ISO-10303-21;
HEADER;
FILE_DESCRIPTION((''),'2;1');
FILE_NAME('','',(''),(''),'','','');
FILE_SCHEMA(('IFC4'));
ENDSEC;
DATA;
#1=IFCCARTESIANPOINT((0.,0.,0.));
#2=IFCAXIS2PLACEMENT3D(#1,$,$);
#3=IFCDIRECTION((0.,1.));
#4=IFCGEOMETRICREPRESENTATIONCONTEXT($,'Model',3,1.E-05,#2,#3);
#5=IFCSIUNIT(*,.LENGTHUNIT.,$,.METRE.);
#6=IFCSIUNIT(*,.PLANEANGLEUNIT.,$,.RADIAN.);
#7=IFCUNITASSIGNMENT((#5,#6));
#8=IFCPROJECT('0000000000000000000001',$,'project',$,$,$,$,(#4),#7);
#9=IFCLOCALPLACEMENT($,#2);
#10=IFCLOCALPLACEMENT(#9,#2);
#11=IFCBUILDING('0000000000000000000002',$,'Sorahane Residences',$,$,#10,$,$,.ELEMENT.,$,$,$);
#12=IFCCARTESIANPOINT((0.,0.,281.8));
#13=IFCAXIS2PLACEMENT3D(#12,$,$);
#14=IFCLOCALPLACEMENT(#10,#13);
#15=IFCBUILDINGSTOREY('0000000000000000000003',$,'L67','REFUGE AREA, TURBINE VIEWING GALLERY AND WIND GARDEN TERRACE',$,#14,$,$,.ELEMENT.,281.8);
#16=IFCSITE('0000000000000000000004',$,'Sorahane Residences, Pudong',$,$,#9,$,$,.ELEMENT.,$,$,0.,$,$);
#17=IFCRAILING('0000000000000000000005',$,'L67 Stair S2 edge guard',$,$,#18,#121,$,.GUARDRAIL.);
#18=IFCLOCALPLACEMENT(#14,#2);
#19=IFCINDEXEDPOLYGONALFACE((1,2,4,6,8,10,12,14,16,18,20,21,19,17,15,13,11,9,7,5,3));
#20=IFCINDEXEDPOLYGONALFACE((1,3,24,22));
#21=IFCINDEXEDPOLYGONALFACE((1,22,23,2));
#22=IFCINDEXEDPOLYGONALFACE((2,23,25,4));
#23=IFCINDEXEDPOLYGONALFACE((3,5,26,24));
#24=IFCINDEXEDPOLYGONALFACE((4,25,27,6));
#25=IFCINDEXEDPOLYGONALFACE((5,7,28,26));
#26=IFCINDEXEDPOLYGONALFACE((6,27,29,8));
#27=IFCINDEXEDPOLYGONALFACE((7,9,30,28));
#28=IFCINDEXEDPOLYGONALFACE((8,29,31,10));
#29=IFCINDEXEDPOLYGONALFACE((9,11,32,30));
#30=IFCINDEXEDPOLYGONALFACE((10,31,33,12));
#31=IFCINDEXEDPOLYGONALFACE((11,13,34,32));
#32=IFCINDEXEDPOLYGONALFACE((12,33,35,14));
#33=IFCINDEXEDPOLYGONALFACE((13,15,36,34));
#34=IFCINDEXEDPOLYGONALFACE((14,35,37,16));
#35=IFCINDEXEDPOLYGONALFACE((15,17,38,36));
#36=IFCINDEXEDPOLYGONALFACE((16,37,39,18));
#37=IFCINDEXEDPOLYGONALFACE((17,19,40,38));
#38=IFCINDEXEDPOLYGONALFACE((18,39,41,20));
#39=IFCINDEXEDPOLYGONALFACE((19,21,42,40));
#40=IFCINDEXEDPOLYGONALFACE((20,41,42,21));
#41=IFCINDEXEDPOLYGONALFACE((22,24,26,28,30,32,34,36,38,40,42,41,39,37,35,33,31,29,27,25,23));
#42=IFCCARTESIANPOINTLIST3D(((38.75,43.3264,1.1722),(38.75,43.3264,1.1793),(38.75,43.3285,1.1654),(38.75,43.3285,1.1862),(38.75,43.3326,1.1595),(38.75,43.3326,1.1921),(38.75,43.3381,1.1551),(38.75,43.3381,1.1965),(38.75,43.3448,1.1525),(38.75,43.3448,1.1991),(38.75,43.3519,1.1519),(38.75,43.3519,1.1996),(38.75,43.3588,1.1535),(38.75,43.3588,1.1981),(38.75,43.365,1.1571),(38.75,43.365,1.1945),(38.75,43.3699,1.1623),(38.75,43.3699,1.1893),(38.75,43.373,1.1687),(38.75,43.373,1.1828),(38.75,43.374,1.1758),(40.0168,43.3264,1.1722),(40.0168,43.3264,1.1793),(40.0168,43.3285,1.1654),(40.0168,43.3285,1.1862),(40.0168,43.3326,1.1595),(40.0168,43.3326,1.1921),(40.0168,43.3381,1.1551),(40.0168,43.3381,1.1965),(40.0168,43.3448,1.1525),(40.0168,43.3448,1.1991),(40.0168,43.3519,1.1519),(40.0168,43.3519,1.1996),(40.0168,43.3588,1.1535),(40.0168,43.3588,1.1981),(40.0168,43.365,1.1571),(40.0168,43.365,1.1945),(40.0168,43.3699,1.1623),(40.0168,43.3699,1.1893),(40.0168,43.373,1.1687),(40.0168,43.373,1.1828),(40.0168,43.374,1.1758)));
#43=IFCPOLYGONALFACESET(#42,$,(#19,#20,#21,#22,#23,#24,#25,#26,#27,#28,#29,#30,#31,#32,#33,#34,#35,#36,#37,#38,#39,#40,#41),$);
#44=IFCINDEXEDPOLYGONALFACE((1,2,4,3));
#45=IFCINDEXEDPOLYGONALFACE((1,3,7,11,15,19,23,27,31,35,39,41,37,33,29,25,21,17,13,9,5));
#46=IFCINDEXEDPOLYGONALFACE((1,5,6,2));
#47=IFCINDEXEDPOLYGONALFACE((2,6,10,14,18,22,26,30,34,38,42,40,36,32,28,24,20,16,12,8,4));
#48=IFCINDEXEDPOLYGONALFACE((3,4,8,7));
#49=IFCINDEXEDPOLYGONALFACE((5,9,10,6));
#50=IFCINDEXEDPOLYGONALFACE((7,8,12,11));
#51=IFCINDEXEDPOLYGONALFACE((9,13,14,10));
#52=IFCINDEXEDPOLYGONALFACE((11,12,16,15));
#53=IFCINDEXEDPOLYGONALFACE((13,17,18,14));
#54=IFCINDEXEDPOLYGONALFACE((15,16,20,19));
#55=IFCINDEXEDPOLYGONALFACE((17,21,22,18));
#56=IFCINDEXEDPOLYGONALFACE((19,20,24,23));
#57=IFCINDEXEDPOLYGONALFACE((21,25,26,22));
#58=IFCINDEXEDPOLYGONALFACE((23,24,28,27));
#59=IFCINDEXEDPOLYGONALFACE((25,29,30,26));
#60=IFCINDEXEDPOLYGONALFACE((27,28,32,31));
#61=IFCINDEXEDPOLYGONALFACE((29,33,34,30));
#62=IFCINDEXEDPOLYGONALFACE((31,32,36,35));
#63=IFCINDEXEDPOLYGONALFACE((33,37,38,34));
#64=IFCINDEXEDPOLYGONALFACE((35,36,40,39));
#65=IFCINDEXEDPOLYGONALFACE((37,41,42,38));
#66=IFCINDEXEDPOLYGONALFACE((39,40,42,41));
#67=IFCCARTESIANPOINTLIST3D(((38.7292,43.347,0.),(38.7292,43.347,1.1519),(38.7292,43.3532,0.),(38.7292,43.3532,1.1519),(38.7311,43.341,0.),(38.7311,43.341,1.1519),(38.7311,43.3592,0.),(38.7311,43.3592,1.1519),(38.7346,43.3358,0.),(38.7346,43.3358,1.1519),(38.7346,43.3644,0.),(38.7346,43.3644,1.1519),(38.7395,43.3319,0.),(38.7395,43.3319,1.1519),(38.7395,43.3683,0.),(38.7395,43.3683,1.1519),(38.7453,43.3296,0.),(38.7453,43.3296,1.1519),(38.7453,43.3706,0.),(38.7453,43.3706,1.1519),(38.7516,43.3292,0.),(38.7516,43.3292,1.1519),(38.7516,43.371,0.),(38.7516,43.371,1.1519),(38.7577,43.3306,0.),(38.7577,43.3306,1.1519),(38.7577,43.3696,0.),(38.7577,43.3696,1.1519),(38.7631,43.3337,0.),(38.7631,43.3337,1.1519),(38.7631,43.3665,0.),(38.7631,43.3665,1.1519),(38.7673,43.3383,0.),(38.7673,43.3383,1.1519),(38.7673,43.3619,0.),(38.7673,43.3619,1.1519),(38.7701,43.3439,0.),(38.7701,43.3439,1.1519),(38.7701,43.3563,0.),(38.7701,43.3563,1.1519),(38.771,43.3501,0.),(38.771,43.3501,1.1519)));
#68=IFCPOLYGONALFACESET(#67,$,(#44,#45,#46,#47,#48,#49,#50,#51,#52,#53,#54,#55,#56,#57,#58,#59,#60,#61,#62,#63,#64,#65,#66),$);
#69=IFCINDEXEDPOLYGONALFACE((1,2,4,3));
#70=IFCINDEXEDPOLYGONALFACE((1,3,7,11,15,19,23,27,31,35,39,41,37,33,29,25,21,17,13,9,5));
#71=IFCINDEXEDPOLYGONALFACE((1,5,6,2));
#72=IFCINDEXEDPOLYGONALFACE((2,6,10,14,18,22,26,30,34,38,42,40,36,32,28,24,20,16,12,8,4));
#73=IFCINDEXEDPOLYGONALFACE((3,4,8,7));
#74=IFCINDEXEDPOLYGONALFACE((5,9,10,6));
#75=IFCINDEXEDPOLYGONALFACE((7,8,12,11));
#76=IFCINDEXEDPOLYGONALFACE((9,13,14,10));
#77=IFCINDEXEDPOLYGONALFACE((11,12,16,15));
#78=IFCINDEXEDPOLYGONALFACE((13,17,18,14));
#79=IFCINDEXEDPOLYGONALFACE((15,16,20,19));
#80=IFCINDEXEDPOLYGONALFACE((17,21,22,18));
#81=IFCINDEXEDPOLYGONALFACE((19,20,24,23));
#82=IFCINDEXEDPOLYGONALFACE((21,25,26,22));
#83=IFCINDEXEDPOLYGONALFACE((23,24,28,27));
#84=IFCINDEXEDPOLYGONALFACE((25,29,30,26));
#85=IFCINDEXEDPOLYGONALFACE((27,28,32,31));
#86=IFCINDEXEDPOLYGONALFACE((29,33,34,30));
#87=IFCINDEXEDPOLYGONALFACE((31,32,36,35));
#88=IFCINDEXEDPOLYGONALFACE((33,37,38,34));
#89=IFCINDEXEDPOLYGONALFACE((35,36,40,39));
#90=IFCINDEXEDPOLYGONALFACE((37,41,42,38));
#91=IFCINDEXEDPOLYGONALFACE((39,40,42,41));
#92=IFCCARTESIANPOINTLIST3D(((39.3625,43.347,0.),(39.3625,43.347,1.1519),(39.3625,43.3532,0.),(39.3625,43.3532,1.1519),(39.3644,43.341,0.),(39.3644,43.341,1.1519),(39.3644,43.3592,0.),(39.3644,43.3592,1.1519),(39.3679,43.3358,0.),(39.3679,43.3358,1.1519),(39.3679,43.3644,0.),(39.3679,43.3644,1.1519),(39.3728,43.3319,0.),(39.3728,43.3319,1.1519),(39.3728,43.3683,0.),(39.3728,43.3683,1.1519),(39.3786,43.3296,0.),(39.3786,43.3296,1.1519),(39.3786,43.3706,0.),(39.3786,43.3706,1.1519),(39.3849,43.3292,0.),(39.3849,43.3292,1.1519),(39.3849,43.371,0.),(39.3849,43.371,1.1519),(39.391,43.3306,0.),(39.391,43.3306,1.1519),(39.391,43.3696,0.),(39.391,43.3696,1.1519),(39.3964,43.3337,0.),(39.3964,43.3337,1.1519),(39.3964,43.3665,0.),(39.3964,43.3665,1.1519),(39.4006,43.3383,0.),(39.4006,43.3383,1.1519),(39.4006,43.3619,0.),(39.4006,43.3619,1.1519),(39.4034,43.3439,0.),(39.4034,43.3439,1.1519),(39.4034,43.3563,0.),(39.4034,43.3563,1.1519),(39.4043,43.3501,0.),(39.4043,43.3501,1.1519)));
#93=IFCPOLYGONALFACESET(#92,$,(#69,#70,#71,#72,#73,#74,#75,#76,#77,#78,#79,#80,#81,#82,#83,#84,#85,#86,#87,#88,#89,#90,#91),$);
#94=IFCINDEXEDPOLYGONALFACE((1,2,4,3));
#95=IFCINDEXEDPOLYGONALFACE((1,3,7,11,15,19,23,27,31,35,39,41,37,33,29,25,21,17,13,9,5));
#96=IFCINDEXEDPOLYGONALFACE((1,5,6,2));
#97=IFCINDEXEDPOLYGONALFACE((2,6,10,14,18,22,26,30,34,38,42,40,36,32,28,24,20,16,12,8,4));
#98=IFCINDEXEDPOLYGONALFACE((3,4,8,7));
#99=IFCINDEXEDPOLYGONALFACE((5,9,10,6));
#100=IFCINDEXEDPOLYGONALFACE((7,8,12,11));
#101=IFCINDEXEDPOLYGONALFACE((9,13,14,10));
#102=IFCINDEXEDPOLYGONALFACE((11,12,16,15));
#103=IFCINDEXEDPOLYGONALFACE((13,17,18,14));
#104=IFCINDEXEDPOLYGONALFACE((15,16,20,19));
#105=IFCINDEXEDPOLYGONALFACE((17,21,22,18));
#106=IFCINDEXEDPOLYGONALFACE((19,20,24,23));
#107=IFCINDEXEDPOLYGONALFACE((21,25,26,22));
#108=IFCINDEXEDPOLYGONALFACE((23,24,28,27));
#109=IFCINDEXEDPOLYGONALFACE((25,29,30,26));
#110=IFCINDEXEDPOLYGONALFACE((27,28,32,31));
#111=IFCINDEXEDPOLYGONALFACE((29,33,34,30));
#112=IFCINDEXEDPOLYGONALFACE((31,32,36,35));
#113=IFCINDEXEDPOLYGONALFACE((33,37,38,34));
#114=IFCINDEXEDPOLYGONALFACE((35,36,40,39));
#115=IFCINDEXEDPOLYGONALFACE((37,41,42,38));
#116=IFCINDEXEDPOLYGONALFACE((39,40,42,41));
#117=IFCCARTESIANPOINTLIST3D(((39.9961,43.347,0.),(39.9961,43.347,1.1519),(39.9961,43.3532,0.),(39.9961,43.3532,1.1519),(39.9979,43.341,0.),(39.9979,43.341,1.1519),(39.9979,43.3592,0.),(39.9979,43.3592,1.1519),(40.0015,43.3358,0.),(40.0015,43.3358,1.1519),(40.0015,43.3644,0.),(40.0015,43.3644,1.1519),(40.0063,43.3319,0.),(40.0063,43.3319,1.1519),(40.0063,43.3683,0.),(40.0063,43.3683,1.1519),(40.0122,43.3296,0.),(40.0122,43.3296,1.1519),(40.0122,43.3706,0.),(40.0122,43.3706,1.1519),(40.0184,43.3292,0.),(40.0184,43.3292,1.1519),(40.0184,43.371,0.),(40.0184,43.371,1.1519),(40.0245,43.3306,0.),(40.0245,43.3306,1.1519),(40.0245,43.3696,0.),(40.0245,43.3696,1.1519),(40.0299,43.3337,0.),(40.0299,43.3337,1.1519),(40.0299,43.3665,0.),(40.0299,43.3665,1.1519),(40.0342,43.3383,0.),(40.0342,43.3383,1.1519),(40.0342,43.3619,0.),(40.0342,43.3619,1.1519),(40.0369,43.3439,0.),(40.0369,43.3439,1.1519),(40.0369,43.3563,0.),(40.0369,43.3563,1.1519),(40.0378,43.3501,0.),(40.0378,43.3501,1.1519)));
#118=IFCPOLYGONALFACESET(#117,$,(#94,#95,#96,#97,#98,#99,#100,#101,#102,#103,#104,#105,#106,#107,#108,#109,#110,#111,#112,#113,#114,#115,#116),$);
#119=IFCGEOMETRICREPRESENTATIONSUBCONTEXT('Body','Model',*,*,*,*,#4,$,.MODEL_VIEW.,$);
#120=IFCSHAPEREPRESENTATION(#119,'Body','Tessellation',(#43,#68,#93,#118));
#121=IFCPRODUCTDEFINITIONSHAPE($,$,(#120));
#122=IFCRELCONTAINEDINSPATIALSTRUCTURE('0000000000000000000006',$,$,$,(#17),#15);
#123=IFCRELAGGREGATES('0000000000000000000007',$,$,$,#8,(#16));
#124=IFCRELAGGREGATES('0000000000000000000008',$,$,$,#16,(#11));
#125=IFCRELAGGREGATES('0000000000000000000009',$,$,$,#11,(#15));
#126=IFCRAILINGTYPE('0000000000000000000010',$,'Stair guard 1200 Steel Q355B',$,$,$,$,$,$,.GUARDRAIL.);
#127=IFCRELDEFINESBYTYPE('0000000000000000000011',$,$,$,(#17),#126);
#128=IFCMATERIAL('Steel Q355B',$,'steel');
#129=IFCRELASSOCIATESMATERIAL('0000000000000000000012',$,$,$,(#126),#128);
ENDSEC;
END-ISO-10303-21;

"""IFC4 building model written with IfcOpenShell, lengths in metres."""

from ifc_helpers import new_model, si_unit, direction, frame, origin, origin_2d, place, context, subcontext, project, spatial, circle, extrude, material, type_object, element, save


model = new_model("IFC4")

# Units and contexts
model_context = context("Model", 3, precision=1e-05, world=origin(), true_north=direction((0.0, 1.0)))
body_context = subcontext(model_context, "Body", "Model", "MODEL_VIEW")
ifc_project = project(units=[si_unit("LENGTHUNIT", "METRE"), si_unit("PLANEANGLEUNIT", "RADIAN")], contexts=[model_context])

# Site, building, storey
site_placement = place(None, origin())
site = spatial("IfcSite", under=ifc_project, at=site_placement, Name="Sorahane Residences, Pudong", CompositionType="ELEMENT", RefElevation=0.0)
building_placement = place(site_placement, origin())
building = spatial("IfcBuilding", under=site, at=building_placement, Name="Sorahane Residences", CompositionType="ELEMENT")
storey_placement = place(building_placement, frame((0.0, 0.0, 281.8)))
storey = spatial("IfcBuildingStorey", under=building, at=storey_placement, Name="L67", Description="REFUGE AREA, TURBINE VIEWING GALLERY AND WIND GARDEN TERRACE", CompositionType="ELEMENT", Elevation=281.8)

# Railing
ifc_material_1 = material(Name="Steel Q355B", Category="steel")
railing_type_1 = type_object("IfcRailingType", Name="Stair guard 1200 Steel Q355B", PredefinedType="GUARDRAIL", material=ifc_material_1)
railing_1_placement = place(storey_placement, frame((38.75, 43.3501, 0.0)))
element("IfcRailing", 1, at=railing_1_placement, inside=storey, type_object=railing_type_1, Name="L67 Stair S2 edge guard", PredefinedType="GUARDRAIL", context=body_context, shape_type="SweptSolid", body=[
    extrude(circle(Radius=0.0239, at=origin_2d()), frame((0.0, 0.0, 1.1758), z_axis=(1.0, 0.0, 0.0), x_axis=(0.0, 1.0, 0.0)), (0.0, 0.0, 1.0), 1.2668),
    extrude(circle(Radius=0.021, at=origin_2d()), origin(), (0.0, 0.0, 1.0), 1.1519),
    extrude(circle(Radius=0.021, at=origin_2d()), frame((0.6333, 0.0, 0.0)), (0.0, 0.0, 1.0), 1.1519),
    extrude(circle(Radius=0.021, at=origin_2d()), frame((1.2668, 0.0, 0.0)), (0.0, 0.0, 1.0), 1.1519),
])

save(model, "model.ifc")
